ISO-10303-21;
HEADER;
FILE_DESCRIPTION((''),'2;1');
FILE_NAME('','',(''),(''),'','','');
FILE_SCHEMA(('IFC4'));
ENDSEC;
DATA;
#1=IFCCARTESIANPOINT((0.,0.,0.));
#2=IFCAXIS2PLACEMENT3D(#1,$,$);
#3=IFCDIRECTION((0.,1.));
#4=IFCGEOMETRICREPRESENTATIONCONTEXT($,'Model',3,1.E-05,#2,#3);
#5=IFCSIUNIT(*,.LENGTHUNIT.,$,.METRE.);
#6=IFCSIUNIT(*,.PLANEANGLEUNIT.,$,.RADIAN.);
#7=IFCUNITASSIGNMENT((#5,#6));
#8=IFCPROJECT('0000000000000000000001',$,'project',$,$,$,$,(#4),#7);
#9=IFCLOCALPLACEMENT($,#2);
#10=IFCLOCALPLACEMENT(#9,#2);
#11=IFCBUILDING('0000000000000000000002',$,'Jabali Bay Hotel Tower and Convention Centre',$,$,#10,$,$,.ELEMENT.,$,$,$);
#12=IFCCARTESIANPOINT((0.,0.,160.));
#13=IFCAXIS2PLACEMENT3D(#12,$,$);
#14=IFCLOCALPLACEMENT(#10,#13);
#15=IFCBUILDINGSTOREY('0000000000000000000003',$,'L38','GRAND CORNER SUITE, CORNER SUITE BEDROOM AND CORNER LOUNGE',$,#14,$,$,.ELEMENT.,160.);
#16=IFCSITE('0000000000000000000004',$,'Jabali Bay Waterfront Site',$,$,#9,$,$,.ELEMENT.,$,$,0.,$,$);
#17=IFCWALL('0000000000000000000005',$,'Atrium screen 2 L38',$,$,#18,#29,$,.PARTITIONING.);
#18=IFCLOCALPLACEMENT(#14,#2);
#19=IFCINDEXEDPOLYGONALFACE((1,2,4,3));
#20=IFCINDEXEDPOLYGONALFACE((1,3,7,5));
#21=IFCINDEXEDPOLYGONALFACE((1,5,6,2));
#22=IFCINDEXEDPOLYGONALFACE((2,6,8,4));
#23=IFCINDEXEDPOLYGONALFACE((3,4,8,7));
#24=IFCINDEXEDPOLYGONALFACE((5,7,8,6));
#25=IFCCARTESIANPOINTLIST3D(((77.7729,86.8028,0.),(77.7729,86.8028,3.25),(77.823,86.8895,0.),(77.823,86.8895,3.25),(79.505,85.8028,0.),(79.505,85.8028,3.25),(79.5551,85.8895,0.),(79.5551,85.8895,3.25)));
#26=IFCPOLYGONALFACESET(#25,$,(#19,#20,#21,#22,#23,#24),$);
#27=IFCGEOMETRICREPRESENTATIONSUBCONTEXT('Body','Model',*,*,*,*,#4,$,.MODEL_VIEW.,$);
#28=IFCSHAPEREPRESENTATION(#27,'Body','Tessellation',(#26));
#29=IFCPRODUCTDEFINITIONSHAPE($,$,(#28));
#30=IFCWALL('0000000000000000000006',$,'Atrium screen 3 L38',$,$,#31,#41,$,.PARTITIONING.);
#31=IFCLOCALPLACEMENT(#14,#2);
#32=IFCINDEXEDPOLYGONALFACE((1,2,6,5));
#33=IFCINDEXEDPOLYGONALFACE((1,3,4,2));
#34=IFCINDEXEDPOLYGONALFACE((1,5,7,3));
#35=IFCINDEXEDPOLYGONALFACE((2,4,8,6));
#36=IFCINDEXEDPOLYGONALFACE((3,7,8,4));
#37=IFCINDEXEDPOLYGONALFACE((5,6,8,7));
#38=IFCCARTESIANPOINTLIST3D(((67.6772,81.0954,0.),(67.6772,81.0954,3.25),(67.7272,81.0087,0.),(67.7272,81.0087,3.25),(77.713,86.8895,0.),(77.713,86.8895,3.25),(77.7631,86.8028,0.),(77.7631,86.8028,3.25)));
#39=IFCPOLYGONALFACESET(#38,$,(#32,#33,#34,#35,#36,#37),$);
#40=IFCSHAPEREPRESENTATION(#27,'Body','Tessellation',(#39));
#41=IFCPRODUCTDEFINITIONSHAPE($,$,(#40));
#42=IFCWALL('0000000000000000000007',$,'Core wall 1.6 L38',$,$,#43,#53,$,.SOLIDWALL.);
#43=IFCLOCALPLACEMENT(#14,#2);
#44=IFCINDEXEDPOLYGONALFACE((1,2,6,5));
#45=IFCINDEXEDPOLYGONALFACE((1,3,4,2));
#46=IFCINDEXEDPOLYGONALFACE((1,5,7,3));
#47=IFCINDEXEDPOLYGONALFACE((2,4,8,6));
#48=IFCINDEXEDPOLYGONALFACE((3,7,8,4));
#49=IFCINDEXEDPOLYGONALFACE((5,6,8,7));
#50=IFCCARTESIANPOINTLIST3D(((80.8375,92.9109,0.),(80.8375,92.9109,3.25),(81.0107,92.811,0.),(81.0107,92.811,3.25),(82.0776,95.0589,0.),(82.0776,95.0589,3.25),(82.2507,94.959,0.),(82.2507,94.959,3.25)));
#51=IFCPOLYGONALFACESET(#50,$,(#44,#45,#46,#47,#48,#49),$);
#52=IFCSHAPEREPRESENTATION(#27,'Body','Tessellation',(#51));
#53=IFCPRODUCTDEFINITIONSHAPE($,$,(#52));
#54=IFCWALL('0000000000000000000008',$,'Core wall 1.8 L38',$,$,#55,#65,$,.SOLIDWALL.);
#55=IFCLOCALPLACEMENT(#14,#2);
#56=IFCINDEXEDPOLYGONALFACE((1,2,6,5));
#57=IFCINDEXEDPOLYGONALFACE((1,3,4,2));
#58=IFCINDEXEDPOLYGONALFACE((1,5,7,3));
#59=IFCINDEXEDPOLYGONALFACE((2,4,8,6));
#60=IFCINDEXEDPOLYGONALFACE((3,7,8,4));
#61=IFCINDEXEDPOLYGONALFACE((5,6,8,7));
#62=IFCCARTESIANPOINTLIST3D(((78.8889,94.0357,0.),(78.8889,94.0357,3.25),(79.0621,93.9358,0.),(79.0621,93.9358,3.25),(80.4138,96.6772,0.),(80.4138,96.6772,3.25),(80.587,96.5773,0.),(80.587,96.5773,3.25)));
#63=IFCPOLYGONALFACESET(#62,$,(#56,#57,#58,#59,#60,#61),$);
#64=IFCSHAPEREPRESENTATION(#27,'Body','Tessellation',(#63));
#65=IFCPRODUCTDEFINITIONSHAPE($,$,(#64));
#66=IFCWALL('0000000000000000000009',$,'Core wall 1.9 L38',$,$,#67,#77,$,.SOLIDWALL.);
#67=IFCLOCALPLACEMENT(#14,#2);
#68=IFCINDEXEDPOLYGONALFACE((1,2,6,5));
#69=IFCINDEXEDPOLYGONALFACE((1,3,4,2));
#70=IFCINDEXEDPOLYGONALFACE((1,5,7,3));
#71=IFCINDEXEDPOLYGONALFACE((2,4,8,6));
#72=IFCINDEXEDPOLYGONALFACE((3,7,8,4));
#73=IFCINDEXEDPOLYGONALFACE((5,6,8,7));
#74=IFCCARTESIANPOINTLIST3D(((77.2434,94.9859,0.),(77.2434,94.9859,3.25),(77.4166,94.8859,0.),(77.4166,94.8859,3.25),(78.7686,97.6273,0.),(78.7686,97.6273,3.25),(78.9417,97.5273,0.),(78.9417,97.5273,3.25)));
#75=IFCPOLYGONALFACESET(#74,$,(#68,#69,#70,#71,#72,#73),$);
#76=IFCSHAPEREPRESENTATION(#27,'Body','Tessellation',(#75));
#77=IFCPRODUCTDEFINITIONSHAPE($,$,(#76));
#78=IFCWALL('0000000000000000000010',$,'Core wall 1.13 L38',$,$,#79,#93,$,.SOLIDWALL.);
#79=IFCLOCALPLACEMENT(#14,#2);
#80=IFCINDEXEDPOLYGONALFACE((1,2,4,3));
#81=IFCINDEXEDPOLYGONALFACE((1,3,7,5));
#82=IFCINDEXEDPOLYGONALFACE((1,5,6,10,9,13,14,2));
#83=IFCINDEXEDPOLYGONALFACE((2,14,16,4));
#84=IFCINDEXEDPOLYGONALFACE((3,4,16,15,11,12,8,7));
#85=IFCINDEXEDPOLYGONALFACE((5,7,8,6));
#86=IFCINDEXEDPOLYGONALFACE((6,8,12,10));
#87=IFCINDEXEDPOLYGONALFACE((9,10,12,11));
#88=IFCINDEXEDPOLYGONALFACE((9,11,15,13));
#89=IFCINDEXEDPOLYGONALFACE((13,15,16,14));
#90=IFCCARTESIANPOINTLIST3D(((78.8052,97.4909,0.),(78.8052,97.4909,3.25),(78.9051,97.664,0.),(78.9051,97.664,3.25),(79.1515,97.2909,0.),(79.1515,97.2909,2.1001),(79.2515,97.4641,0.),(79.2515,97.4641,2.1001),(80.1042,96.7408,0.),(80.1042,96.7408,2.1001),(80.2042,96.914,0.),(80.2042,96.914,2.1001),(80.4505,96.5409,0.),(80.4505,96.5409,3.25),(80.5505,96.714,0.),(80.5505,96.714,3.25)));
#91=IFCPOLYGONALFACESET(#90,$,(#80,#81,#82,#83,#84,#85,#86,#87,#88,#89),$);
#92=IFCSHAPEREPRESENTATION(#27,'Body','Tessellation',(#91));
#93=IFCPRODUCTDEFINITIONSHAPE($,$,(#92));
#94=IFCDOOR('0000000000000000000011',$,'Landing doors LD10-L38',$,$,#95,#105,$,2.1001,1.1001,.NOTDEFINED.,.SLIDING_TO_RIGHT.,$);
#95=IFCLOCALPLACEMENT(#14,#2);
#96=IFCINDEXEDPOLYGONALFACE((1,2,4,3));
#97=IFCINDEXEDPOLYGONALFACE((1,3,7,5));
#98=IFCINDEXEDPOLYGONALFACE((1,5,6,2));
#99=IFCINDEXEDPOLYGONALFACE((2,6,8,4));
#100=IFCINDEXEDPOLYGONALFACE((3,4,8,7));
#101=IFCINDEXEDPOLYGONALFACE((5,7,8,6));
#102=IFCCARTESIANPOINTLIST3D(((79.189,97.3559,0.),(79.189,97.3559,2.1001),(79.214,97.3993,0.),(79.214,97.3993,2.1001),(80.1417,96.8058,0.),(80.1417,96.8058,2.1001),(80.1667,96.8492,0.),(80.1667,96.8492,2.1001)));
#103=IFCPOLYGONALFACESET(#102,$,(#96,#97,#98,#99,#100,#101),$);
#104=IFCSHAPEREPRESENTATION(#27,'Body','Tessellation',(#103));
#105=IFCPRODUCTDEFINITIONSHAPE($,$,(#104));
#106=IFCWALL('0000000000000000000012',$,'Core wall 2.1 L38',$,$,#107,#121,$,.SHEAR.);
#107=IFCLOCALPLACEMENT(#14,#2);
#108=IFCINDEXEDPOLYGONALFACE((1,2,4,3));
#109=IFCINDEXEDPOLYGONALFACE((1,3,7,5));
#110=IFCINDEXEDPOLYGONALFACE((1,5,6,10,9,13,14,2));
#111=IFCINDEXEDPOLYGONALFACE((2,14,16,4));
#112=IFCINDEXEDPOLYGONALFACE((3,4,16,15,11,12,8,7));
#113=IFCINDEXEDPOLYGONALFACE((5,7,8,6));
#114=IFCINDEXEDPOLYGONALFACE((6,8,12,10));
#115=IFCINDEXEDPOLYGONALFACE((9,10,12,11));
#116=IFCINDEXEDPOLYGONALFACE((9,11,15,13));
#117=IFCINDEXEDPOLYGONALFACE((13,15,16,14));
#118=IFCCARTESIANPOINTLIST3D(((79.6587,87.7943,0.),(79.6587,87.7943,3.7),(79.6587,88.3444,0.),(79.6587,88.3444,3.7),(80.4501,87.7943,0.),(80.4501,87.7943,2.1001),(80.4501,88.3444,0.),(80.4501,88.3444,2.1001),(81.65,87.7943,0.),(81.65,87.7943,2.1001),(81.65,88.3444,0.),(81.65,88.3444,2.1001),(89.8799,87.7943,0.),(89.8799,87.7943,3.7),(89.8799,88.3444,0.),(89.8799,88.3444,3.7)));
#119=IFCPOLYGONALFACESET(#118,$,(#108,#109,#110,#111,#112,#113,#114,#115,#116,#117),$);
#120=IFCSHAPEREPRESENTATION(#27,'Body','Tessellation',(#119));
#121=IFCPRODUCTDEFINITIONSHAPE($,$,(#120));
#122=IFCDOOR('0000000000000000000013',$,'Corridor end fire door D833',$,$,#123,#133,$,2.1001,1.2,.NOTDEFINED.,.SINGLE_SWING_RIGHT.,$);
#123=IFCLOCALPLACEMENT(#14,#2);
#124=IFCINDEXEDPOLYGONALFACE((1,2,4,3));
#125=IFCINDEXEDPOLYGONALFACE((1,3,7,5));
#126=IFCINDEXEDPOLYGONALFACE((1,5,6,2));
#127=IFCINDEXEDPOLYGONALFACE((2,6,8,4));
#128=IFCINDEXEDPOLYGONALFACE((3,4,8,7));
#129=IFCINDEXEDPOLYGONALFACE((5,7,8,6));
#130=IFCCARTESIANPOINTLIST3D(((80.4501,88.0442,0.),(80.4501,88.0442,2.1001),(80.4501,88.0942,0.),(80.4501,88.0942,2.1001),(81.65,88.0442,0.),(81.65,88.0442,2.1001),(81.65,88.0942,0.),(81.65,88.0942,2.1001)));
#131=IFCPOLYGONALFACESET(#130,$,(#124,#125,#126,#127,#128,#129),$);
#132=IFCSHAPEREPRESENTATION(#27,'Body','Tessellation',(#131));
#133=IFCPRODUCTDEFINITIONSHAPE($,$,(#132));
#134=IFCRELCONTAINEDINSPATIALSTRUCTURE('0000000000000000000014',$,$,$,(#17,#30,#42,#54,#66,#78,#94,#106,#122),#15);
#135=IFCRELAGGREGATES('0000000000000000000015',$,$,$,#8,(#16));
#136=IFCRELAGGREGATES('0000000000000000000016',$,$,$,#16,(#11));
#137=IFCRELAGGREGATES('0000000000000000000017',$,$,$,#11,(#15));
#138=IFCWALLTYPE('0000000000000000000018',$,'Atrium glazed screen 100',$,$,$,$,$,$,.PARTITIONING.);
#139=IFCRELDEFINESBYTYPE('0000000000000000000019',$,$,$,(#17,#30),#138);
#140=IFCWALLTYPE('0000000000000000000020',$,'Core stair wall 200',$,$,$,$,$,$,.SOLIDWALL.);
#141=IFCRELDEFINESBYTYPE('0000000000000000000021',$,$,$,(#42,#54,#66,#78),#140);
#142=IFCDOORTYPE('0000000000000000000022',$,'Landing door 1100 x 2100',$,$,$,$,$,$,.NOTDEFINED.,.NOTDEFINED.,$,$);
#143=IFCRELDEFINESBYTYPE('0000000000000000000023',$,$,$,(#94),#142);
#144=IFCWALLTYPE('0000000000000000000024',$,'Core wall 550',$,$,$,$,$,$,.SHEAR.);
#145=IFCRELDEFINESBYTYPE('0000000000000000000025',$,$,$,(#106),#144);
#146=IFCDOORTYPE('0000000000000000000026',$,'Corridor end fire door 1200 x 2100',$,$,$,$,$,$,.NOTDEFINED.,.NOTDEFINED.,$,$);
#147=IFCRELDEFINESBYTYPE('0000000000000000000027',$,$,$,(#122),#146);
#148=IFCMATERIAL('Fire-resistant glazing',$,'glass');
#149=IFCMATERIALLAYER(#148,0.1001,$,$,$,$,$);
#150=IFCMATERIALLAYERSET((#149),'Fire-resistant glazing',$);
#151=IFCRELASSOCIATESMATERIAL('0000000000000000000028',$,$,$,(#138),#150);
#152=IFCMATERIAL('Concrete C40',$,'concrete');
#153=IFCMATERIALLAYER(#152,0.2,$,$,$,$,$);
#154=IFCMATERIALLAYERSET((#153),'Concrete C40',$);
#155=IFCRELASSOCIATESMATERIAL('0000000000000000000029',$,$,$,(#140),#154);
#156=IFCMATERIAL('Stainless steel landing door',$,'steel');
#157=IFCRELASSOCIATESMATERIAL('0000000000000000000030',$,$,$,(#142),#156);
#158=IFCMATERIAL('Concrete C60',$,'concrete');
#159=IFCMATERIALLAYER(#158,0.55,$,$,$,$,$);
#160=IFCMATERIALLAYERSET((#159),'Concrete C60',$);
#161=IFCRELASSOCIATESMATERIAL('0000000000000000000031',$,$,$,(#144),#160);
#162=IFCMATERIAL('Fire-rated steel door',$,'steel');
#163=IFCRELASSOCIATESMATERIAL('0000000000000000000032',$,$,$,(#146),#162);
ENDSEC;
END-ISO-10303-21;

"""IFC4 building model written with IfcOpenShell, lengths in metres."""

from ifc_helpers import new_model, si_unit, direction, frame, frame_2d, origin, place, context, subcontext, project, spatial, rectangle, extrude, material, layer, layer_set, type_object, element, fill, save


model = new_model("IFC4")

# Units and contexts
model_context = context("Model", 3, precision=1e-05, world=origin(), true_north=direction((0.0, 1.0)))
body_context = subcontext(model_context, "Body", "Model", "MODEL_VIEW")
ifc_project = project(units=[si_unit("LENGTHUNIT", "METRE"), si_unit("PLANEANGLEUNIT", "RADIAN")], contexts=[model_context])

# Site, building, storey
site_placement = place(None, origin())
site = spatial("IfcSite", under=ifc_project, at=site_placement, Name="Jabali Bay Waterfront Site", CompositionType="ELEMENT", RefElevation=0.0)
building_placement = place(site_placement, origin())
building = spatial("IfcBuilding", under=site, at=building_placement, Name="Jabali Bay Hotel Tower and Convention Centre", CompositionType="ELEMENT")
storey_placement = place(building_placement, frame((0.0, 0.0, 160.0)))
storey = spatial("IfcBuildingStorey", under=building, at=storey_placement, Name="L38", Description="GRAND CORNER SUITE, CORNER SUITE BEDROOM AND CORNER LOUNGE", CompositionType="ELEMENT", Elevation=160.0)

# Walls
ifc_material_1 = material(Name="Fire-resistant glazing", Category="glass")
ifc_layer_1 = layer(ifc_material_1, 0.1001)
ifc_layer_set_1 = layer_set([ifc_layer_1], Name="Fire-resistant glazing")
wall_type_1 = type_object("IfcWallType", Name="Atrium glazed screen 100", PredefinedType="PARTITIONING", material=ifc_layer_set_1)
wall_1_placement = place(storey_placement, frame((79.53, 85.8462, 0.0), z_axis=(0.0, 0.0, 1.0), x_axis=(-0.866041, 0.499973, 0.0)))
element("IfcWall", 1, at=wall_1_placement, inside=storey, type_object=wall_type_1, Name="Atrium screen 2 L38", PredefinedType="PARTITIONING", context=body_context, shape_type="SweptSolid", body=[
    extrude(rectangle(XDim=2.0, YDim=0.1001, at=frame_2d((1.0, 0.0))), origin(), (0.0, 0.0, 1.0), 3.25),
])
wall_2_placement = place(storey_placement, frame((77.738, 86.8462, 0.0), z_axis=(0.0, 0.0, 1.0), x_axis=(-0.866027, -0.499998, 0.0)))
element("IfcWall", 2, at=wall_2_placement, inside=storey, type_object=wall_type_1, Name="Atrium screen 3 L38", PredefinedType="PARTITIONING", context=body_context, shape_type="SweptSolid", body=[
    extrude(rectangle(XDim=11.5884, YDim=0.1001, at=frame_2d((5.7942, 0.0))), origin(), (0.0, 0.0, 1.0), 3.25),
])
ifc_material_2 = material(Name="Concrete C40", Category="concrete")
ifc_layer_2 = layer(ifc_material_2, 0.2)
ifc_layer_set_2 = layer_set([ifc_layer_2], Name="Concrete C40")
wall_type_2 = type_object("IfcWallType", Name="Core stair wall 200", PredefinedType="SOLIDWALL", material=ifc_layer_set_2)
wall_3_placement = place(storey_placement, frame((80.9241, 92.8608, 0.0), z_axis=(0.0, 0.0, 1.0), x_axis=(0.499961, 0.866048, 0.0)))
element("IfcWall", 3, at=wall_3_placement, inside=storey, type_object=wall_type_2, Name="Core wall 1.6 L38", PredefinedType="SOLIDWALL", context=body_context, shape_type="SweptSolid", body=[
    extrude(rectangle(XDim=2.4802, YDim=0.2, at=frame_2d((1.2402, 0.0))), origin(), (0.0, 0.0, 1.0), 3.25),
])
for number, where, z_axis, x_axis, name in (
    (4, (78.9756, 93.9858, 0.0), (0.0, 0.0, 1.0), (0.499944, 0.866058, 0.0), "Core wall 1.8 L38"),
    (5, (77.3301, 94.936, 0.0), (0.0, 0.0, 1.0), (0.500039, 0.866003, 0.0), "Core wall 1.9 L38"),
):
    element("IfcWall", number, at=place(storey_placement, frame(where, z_axis=z_axis, x_axis=x_axis)), inside=storey, type_object=wall_type_2, Name=name, PredefinedType="SOLIDWALL", context=body_context, shape_type="SweptSolid", body=[
        extrude(rectangle(XDim=3.05, YDim=0.2, at=frame_2d((1.5249, 0.0))), origin(), (0.0, 0.0, 1.0), 3.25),
    ])

# Walls, openings, doors
wall_4_placement = place(storey_placement, frame((80.5005, 96.6274, 0.0), z_axis=(0.0, 0.0, 1.0), x_axis=(-0.866012, 0.500023, 0.0)))
wall_4 = element("IfcWall", 6, at=wall_4_placement, inside=storey, type_object=wall_type_2, Name="Core wall 1.13 L38", PredefinedType="SOLIDWALL", context=body_context, shape_type="SweptSolid", body=[
    extrude(rectangle(XDim=1.8999, YDim=0.2, at=frame_2d((0.95, 0.0))), origin(), (0.0, 0.0, 1.0), 3.25),
])
opening_1_placement = place(wall_4_placement, frame((0.3999, 0.0, 0.0)))
opening_1 = element("IfcOpeningElement", 7, at=opening_1_placement, cuts=wall_4, PredefinedType="OPENING", context=body_context, shape_type="SweptSolid", body=[
    extrude(rectangle(XDim=1.1001, YDim=2.1001, at=frame_2d((0.55, 1.05))), frame((0.0, 0.1104, 0.0), z_axis=(0.0, -1.0, 0.0), x_axis=(1.0, 0.0, 0.0)), (0.0, 0.0, 1.0), 0.2209),
])
ifc_material_3 = material(Name="Stainless steel landing door", Category="steel")
door_type_1 = type_object("IfcDoorType", Name="Landing door 1100 x 2100", OperationType="NOTDEFINED", PredefinedType="NOTDEFINED", material=ifc_material_3)
door_1_placement = place(opening_1_placement, origin())
door_1 = element("IfcDoor", 8, at=door_1_placement, inside=storey, type_object=door_type_1, Name="Landing doors LD10-L38", OperationType="SLIDING_TO_RIGHT", OverallHeight=2.1001, OverallWidth=1.1001, PredefinedType="NOTDEFINED", context=body_context, shape_type="SweptSolid", body=[
    extrude(rectangle(XDim=1.1001, YDim=2.1001, at=frame_2d((0.55, 1.05))), frame((0.0, 0.0249, 0.0), z_axis=(0.0, -1.0, 0.0), x_axis=(1.0, 0.0, 0.0)), (0.0, 0.0, 1.0), 0.05),
])
fill(opening_1, door_1)
ifc_material_4 = material(Name="Concrete C60", Category="concrete")
ifc_layer_3 = layer(ifc_material_4, 0.55)
ifc_layer_set_3 = layer_set([ifc_layer_3], Name="Concrete C60")
wall_type_3 = type_object("IfcWallType", Name="Core wall 550", PredefinedType="SHEAR", material=ifc_layer_set_3)
wall_5_placement = place(storey_placement, frame((79.6587, 88.0693, 0.0), z_axis=(0.0, 0.0, 1.0), x_axis=(1.0, 0.0, 0.0)))
wall_5 = element("IfcWall", 9, at=wall_5_placement, inside=storey, type_object=wall_type_3, Name="Core wall 2.1 L38", PredefinedType="SHEAR", context=body_context, shape_type="SweptSolid", body=[
    extrude(rectangle(XDim=10.2212, YDim=0.55, at=frame_2d((5.1106, 0.0))), origin(), (0.0, 0.0, 1.0), 3.7),
])
opening_2_placement = place(wall_5_placement, frame((0.7913, 0.0, 0.0)))
opening_2 = element("IfcOpeningElement", 10, at=opening_2_placement, cuts=wall_5, PredefinedType="OPENING", context=body_context, shape_type="SweptSolid", body=[
    extrude(rectangle(XDim=1.2, YDim=2.1001, at=frame_2d((0.6001, 1.05))), frame((0.0, 0.2856, 0.0), z_axis=(0.0, -1.0, 0.0), x_axis=(1.0, 0.0, 0.0)), (0.0, 0.0, 1.0), 0.571),
])
ifc_material_5 = material(Name="Fire-rated steel door", Category="steel")
door_type_2 = type_object("IfcDoorType", Name="Corridor end fire door 1200 x 2100", OperationType="NOTDEFINED", PredefinedType="NOTDEFINED", material=ifc_material_5)
door_2_placement = place(opening_2_placement, origin())
door_2 = element("IfcDoor", 11, at=door_2_placement, inside=storey, type_object=door_type_2, Name="Corridor end fire door D833", OperationType="SINGLE_SWING_RIGHT", OverallHeight=2.1001, OverallWidth=1.2, PredefinedType="NOTDEFINED", context=body_context, shape_type="SweptSolid", body=[
    extrude(rectangle(XDim=1.2, YDim=2.1001, at=frame_2d((0.6001, 1.05))), frame((0.0, 0.0249, 0.0), z_axis=(0.0, -1.0, 0.0), x_axis=(1.0, 0.0, 0.0)), (0.0, 0.0, 1.0), 0.05),
])
fill(opening_2, door_2)

save(model, "model.ifc")
